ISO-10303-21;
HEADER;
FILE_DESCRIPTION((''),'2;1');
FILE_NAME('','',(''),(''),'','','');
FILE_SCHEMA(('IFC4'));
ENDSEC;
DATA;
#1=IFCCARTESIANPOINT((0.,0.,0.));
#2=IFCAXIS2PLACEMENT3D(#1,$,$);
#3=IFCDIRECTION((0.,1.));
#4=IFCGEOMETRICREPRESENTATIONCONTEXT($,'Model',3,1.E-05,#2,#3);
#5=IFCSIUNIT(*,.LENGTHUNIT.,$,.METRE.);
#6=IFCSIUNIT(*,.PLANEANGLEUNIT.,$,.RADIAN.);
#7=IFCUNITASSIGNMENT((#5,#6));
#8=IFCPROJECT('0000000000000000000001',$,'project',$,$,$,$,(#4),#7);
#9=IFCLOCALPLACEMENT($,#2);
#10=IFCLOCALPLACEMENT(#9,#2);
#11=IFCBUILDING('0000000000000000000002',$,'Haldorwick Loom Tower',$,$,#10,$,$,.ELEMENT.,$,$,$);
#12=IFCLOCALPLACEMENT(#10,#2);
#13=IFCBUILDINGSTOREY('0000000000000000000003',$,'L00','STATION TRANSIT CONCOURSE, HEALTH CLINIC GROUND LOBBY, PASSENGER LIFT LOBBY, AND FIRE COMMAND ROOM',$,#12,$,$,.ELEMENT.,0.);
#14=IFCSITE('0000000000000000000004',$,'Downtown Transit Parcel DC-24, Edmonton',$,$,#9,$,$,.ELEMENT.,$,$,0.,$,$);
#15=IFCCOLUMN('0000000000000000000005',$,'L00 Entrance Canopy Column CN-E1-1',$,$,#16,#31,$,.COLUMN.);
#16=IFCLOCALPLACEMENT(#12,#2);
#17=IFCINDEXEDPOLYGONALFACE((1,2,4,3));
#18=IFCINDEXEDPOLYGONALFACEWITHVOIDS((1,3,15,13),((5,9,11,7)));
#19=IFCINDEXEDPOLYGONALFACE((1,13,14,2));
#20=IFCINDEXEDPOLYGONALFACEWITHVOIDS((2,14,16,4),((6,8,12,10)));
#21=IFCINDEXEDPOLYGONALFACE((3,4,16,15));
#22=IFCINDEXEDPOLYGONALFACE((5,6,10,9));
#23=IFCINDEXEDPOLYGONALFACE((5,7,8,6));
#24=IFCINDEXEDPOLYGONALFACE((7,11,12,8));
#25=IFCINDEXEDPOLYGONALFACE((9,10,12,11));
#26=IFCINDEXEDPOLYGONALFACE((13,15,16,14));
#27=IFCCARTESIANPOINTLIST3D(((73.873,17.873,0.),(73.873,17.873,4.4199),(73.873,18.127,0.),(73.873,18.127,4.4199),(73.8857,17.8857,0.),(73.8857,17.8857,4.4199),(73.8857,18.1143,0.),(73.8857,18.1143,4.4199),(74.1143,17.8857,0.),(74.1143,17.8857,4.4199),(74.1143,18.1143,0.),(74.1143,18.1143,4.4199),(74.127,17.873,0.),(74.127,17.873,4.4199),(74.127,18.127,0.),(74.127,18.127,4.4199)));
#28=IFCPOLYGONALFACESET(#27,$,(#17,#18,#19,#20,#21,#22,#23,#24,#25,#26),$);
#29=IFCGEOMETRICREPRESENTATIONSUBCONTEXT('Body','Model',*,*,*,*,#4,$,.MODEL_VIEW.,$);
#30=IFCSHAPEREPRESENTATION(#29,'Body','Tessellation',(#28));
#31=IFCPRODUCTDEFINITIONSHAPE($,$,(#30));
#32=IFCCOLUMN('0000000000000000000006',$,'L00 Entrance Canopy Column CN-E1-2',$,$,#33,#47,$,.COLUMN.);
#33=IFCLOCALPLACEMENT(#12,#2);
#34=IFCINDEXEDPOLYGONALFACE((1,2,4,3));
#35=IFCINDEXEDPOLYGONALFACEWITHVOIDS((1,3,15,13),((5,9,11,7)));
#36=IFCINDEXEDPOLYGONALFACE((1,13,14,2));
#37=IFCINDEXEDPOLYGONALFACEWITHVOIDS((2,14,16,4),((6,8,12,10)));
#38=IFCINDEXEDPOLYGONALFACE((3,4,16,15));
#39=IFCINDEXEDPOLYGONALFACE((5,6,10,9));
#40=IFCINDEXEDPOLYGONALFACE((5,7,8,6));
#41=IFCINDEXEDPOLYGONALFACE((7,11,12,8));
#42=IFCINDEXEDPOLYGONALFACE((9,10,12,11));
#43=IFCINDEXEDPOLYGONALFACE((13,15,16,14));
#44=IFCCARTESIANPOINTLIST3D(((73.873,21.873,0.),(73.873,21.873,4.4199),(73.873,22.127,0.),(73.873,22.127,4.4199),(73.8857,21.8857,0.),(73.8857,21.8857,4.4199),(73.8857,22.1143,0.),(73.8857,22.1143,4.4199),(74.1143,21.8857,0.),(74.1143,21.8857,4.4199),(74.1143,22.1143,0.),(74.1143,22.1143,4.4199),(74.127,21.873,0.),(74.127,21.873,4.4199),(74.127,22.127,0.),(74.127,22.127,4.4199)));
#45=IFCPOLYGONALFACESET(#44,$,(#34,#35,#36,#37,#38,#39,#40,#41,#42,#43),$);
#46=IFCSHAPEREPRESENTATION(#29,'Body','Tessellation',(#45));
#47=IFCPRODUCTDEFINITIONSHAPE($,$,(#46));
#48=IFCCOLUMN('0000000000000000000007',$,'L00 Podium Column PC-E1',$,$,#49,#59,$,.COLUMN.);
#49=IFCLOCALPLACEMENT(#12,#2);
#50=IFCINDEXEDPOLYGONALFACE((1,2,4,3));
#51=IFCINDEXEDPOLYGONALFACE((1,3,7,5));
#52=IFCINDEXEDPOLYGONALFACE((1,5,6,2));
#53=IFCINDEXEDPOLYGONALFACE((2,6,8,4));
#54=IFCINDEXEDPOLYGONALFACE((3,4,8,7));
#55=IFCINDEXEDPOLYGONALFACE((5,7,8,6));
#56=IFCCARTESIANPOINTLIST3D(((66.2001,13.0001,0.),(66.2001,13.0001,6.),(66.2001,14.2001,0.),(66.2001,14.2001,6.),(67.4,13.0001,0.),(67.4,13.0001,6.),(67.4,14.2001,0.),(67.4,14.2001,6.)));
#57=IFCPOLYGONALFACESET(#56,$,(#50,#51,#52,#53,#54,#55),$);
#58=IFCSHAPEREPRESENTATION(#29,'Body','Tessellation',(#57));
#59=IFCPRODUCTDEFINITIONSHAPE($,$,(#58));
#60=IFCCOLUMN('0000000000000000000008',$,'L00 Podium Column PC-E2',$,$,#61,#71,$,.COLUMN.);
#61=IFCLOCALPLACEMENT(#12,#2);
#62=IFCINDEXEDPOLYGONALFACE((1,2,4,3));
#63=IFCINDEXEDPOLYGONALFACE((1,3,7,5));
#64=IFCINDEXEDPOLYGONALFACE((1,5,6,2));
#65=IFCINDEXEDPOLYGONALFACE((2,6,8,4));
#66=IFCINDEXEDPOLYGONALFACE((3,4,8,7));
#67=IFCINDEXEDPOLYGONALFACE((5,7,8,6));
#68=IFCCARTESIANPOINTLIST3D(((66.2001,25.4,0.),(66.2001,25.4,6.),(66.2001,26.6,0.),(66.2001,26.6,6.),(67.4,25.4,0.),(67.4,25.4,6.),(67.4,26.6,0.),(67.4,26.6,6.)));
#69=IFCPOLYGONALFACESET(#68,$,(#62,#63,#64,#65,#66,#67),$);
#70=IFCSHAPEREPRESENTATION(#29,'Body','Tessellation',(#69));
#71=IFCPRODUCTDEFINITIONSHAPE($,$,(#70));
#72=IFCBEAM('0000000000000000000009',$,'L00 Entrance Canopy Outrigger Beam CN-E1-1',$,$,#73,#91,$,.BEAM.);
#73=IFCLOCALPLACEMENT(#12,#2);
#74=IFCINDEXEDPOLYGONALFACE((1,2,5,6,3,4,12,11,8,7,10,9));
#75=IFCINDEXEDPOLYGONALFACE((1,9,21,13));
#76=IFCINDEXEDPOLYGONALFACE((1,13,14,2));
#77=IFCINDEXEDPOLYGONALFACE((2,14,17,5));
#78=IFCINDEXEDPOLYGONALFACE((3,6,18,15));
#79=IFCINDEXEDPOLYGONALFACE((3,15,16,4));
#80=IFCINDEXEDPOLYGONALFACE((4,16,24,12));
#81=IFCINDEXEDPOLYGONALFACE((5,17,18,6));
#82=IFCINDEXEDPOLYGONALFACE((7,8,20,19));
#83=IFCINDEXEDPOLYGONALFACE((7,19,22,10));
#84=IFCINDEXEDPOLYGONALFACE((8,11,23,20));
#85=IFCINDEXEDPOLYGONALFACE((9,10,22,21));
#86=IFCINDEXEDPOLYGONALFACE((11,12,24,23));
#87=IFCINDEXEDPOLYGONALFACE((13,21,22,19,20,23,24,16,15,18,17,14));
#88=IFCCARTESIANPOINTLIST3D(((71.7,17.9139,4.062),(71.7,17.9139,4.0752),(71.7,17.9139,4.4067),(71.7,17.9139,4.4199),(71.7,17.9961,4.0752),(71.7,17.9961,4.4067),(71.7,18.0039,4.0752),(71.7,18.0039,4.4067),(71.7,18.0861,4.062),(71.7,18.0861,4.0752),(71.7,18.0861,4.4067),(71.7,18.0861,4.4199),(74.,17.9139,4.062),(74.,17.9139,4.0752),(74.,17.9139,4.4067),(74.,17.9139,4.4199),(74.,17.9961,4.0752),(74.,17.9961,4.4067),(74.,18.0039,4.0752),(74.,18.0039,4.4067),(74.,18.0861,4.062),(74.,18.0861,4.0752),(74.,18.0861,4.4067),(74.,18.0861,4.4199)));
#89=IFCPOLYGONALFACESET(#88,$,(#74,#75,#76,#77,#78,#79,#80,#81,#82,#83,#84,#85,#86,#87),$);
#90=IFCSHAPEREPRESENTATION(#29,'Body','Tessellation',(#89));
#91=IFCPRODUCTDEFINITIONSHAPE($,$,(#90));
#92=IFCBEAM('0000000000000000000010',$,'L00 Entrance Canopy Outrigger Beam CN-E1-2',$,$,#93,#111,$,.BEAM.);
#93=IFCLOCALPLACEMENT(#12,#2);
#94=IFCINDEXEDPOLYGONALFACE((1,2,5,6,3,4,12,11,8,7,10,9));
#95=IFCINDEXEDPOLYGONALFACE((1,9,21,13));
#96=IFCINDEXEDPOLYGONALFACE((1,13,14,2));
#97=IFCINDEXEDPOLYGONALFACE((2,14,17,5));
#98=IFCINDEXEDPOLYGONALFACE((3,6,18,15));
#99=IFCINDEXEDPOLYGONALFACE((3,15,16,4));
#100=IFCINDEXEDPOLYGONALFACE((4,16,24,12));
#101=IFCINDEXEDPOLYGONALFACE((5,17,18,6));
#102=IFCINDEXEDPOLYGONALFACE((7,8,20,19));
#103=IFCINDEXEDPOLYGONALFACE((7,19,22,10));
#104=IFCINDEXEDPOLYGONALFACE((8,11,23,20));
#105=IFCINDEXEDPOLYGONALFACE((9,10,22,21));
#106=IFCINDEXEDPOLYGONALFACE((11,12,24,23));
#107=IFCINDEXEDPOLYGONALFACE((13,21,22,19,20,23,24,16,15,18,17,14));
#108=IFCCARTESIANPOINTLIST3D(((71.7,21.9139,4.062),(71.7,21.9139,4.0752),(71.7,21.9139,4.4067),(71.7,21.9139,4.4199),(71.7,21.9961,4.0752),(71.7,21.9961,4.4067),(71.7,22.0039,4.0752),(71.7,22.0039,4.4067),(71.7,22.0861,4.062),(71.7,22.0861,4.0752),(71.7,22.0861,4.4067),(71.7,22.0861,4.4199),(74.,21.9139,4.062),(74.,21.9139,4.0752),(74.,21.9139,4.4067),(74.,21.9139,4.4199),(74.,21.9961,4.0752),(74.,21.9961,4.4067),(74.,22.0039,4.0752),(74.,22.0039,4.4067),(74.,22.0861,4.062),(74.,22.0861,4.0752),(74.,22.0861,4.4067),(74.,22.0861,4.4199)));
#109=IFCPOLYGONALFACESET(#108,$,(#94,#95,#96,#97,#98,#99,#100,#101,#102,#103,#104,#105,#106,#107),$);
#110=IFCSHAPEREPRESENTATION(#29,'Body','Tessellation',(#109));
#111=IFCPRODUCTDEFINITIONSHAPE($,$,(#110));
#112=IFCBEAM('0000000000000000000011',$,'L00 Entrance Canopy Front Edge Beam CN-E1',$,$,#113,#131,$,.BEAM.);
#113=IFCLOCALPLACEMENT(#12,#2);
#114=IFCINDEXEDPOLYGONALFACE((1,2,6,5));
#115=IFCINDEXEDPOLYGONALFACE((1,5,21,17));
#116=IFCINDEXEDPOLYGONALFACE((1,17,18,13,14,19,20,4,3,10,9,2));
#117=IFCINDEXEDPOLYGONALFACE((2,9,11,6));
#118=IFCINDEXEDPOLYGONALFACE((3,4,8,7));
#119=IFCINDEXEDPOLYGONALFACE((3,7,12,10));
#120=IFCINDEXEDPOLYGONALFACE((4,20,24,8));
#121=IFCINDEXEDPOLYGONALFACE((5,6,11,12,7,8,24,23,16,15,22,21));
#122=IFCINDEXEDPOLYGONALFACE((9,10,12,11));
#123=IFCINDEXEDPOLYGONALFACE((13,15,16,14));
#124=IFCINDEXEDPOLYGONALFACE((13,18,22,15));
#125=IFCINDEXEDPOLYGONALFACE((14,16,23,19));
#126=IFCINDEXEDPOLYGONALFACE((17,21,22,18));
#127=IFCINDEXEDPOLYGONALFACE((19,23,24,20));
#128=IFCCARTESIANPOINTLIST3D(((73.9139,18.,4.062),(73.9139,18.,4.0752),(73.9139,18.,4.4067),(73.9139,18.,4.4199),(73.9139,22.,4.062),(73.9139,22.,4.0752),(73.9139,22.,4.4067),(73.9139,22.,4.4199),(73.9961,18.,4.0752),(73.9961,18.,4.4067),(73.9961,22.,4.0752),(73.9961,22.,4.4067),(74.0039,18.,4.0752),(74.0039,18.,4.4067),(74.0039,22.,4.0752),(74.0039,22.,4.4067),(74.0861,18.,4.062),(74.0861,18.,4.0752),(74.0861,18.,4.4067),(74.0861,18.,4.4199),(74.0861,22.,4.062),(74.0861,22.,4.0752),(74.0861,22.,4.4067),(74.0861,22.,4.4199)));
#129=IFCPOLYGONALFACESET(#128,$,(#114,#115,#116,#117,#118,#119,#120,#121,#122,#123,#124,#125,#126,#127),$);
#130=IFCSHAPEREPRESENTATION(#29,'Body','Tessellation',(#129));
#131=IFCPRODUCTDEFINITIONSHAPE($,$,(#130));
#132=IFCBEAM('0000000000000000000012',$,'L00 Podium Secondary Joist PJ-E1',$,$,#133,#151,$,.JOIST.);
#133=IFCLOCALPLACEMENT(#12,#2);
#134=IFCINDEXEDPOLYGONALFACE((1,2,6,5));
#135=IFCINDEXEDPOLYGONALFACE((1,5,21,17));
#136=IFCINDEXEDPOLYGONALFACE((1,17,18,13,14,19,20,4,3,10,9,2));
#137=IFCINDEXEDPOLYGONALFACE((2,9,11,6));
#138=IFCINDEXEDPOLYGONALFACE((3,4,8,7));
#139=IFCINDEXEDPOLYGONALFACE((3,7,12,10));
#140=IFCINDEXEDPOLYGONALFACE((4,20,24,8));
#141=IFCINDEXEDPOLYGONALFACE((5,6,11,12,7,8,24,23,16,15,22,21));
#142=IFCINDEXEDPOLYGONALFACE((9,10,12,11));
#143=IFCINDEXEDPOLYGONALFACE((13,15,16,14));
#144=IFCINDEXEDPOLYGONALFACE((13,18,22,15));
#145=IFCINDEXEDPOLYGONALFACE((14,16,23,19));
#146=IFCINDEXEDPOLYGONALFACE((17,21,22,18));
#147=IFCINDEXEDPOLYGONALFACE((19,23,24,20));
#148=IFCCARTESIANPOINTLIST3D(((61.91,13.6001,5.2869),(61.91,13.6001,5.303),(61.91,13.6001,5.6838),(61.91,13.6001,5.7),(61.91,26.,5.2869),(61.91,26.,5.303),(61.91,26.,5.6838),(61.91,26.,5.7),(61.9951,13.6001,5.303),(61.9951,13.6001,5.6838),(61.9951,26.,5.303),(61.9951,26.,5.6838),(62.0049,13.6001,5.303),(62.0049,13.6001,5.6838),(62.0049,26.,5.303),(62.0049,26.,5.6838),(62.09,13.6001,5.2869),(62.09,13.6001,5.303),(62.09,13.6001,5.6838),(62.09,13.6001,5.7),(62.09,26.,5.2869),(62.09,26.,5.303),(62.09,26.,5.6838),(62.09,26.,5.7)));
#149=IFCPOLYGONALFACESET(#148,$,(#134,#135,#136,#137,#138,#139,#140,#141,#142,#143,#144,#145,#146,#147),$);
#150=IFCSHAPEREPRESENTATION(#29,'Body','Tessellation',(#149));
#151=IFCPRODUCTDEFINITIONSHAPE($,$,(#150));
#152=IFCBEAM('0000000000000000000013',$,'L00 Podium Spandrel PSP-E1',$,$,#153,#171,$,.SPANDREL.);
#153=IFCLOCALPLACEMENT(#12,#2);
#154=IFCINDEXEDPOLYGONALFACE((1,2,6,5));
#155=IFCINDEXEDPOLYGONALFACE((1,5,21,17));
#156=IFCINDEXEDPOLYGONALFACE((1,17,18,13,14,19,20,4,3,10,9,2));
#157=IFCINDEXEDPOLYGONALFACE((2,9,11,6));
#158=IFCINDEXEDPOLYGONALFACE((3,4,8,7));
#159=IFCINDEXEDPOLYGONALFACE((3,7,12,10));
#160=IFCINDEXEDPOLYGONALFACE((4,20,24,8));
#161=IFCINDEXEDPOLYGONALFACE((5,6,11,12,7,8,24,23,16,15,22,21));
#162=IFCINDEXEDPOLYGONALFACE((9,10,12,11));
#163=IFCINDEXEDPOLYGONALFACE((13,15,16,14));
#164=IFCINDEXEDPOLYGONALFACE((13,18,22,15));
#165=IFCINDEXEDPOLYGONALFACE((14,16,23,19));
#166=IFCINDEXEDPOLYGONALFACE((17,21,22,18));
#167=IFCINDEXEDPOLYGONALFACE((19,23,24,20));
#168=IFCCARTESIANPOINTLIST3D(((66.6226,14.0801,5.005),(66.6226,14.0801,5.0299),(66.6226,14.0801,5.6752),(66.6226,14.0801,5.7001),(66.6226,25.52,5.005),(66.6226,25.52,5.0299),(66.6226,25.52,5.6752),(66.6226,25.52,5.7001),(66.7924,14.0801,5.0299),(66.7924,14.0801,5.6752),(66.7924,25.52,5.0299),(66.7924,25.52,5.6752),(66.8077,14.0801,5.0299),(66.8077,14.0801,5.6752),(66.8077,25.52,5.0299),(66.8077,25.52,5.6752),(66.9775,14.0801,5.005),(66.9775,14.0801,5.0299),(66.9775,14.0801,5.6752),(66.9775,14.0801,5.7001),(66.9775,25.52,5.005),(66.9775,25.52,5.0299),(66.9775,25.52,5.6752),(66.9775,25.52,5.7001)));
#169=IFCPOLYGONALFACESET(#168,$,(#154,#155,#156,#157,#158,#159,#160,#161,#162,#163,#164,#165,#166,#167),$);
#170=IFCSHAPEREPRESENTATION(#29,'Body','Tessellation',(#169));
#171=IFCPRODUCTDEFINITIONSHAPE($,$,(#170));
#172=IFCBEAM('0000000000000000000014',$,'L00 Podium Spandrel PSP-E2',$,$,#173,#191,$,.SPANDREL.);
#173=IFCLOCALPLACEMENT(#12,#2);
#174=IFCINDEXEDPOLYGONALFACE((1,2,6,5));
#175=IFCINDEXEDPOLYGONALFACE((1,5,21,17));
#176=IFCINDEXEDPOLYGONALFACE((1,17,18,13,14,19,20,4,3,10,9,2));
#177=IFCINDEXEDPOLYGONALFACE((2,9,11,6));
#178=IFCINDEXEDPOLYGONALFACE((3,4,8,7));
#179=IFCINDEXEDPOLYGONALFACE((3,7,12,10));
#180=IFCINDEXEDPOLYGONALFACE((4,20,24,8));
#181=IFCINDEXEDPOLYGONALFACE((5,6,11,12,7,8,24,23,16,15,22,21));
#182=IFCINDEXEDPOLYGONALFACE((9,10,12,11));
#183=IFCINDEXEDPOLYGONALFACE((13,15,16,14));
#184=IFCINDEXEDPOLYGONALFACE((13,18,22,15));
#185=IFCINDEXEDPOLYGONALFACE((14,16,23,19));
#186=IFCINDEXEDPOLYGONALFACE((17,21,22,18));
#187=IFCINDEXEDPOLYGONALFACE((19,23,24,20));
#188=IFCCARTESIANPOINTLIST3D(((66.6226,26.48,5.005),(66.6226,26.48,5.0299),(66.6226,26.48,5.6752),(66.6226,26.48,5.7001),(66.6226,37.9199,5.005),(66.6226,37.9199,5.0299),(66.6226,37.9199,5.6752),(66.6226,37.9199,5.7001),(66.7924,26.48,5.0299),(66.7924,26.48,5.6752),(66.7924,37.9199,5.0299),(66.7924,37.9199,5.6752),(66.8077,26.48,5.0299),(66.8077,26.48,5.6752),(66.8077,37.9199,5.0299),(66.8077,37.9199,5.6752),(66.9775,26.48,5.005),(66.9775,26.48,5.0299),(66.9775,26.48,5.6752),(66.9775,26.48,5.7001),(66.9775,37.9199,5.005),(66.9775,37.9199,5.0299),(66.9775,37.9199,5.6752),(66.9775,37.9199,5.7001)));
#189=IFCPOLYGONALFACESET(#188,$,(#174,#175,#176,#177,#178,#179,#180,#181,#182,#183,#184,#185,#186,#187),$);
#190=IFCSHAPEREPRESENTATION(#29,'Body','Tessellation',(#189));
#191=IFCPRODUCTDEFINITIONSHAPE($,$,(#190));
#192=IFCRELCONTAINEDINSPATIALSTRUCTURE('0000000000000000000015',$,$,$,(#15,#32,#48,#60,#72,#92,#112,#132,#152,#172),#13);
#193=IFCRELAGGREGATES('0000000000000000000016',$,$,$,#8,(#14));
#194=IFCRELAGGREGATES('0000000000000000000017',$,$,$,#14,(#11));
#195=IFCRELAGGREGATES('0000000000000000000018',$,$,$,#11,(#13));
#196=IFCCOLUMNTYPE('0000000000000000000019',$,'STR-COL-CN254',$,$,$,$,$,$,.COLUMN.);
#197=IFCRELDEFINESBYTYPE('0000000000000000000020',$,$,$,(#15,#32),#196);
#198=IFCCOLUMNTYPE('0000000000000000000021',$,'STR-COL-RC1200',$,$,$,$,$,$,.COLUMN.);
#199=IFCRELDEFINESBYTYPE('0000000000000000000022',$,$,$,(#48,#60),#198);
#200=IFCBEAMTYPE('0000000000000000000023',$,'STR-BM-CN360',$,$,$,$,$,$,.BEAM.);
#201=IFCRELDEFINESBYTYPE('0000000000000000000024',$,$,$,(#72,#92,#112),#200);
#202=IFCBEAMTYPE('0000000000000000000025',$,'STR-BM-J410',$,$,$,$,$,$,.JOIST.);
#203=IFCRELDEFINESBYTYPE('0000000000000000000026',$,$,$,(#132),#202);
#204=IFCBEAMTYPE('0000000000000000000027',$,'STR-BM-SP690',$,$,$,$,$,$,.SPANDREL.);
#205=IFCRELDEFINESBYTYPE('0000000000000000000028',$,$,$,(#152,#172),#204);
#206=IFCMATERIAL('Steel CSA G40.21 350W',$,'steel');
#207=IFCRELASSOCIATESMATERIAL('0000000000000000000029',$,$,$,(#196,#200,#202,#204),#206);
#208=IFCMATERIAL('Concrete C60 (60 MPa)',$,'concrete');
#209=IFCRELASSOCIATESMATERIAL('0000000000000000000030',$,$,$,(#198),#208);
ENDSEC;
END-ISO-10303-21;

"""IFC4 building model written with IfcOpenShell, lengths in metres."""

from ifc_helpers import new_model, si_unit, direction, frame, origin, origin_2d, place, context, subcontext, project, spatial, rectangle, hollow_rectangle, i_section, extrude, material, material_profile, profile_set, type_object, element, save


model = new_model("IFC4")

# Units and contexts
model_context = context("Model", 3, precision=1e-05, world=origin(), true_north=direction((0.0, 1.0)))
body_context = subcontext(model_context, "Body", "Model", "MODEL_VIEW")
ifc_project = project(units=[si_unit("LENGTHUNIT", "METRE"), si_unit("PLANEANGLEUNIT", "RADIAN")], contexts=[model_context])

# Site, building, storey
site_placement = place(None, origin())
site = spatial("IfcSite", under=ifc_project, at=site_placement, Name="Downtown Transit Parcel DC-24, Edmonton", CompositionType="ELEMENT", RefElevation=0.0)
building_placement = place(site_placement, origin())
building = spatial("IfcBuilding", under=site, at=building_placement, Name="Haldorwick Loom Tower", CompositionType="ELEMENT")
storey_placement = place(building_placement, origin())
storey = spatial("IfcBuildingStorey", under=building, at=storey_placement, Name="L00", Description="STATION TRANSIT CONCOURSE, HEALTH CLINIC GROUND LOBBY, PASSENGER LIFT LOBBY, AND FIRE COMMAND ROOM", CompositionType="ELEMENT", Elevation=0.0)

# Columns
ifc_material_1 = material(Name="Steel CSA G40.21 350W", Category="steel")
ifc_material_profile_1 = material_profile(ifc_material_1, hollow_rectangle(XDim=0.2539, YDim=0.2539, WallThickness=0.0127, at=origin_2d()), Name="HSS254X254X13", Category="steel")
ifc_profile_set_1 = profile_set([ifc_material_profile_1], Name="Steel CSA G40.21 350W")
column_type_1 = type_object("IfcColumnType", Name="STR-COL-CN254", PredefinedType="COLUMN", material=ifc_profile_set_1)
for number, where, z_axis, x_axis, name in (
    (1, (74.0, 18.0, 0.0), (0.0, 0.0, 1.0), (1.0, 0.0, 0.0), "L00 Entrance Canopy Column CN-E1-1"),
    (2, (74.0, 22.0, 0.0), (0.0, 0.0, 1.0), (1.0, 0.0, 0.0), "L00 Entrance Canopy Column CN-E1-2"),
):
    element("IfcColumn", number, at=place(storey_placement, frame(where, z_axis=z_axis, x_axis=x_axis)), inside=storey, type_object=column_type_1, Name=name, PredefinedType="COLUMN", context=body_context, shape_type="SweptSolid", body=[
        extrude(hollow_rectangle(XDim=0.2539, YDim=0.2539, WallThickness=0.0127, at=origin_2d()), origin(), (0.0, 0.0, 1.0), 4.4199),
    ])
ifc_material_2 = material(Name="Concrete C60 (60 MPa)", Category="concrete")
ifc_material_profile_2 = material_profile(ifc_material_2, rectangle(XDim=1.2, YDim=1.2, at=origin_2d()), Name="RC1200X1200", Category="concrete")
ifc_profile_set_2 = profile_set([ifc_material_profile_2], Name="Concrete C60 (60 MPa)")
column_type_2 = type_object("IfcColumnType", Name="STR-COL-RC1200", PredefinedType="COLUMN", material=ifc_profile_set_2)
for number, where, z_axis, x_axis, name in (
    (3, (66.8, 13.6001, 0.0), (0.0, 0.0, 1.0), (1.0, 0.0, 0.0), "L00 Podium Column PC-E1"),
    (4, (66.8, 26.0, 0.0), (0.0, 0.0, 1.0), (1.0, 0.0, 0.0), "L00 Podium Column PC-E2"),
):
    element("IfcColumn", number, at=place(storey_placement, frame(where, z_axis=z_axis, x_axis=x_axis)), inside=storey, type_object=column_type_2, Name=name, PredefinedType="COLUMN", context=body_context, shape_type="SweptSolid", body=[
        extrude(rectangle(XDim=1.2, YDim=1.2, at=origin_2d()), origin(), (0.0, 0.0, 1.0), 6.0),
    ])

# Beams
ifc_material_profile_3 = material_profile(ifc_material_1, i_section(OverallWidth=0.1721, OverallDepth=0.3579, WebThickness=0.0078, FlangeThickness=0.0132, at=origin_2d()), Name="W360X57", Category="steel")
ifc_profile_set_3 = profile_set([ifc_material_profile_3], Name="Steel CSA G40.21 350W")
beam_type_1 = type_object("IfcBeamType", Name="STR-BM-CN360", PredefinedType="BEAM", material=ifc_profile_set_3)
for number, where, z_axis, x_axis, name in (
    (5, (71.7, 18.0, 4.241), (1.0, 0.0, 0.0), (0.0, 1.0, 0.0), "L00 Entrance Canopy Outrigger Beam CN-E1-1"),
    (6, (71.7, 22.0, 4.241), (1.0, 0.0, 0.0), (0.0, 1.0, 0.0), "L00 Entrance Canopy Outrigger Beam CN-E1-2"),
):
    element("IfcBeam", number, at=place(storey_placement, frame(where, z_axis=z_axis, x_axis=x_axis)), inside=storey, type_object=beam_type_1, Name=name, PredefinedType="BEAM", context=body_context, shape_type="SweptSolid", body=[
        extrude(i_section(OverallWidth=0.1721, OverallDepth=0.3579, WebThickness=0.0078, FlangeThickness=0.0132, at=origin_2d()), origin(), (0.0, 0.0, 1.0), 2.3),
    ])
beam_1_placement = place(storey_placement, frame((74.0, 18.0, 4.241), z_axis=(0.0, 1.0, 0.0), x_axis=(-1.0, 0.0, 0.0)))
element("IfcBeam", 7, at=beam_1_placement, inside=storey, type_object=beam_type_1, Name="L00 Entrance Canopy Front Edge Beam CN-E1", PredefinedType="BEAM", context=body_context, shape_type="SweptSolid", body=[
    extrude(i_section(OverallWidth=0.1721, OverallDepth=0.3579, WebThickness=0.0078, FlangeThickness=0.0132, at=origin_2d()), origin(), (0.0, 0.0, 1.0), 4.0),
])
ifc_material_profile_4 = material_profile(ifc_material_1, i_section(OverallWidth=0.1799, OverallDepth=0.4131, WebThickness=0.0098, FlangeThickness=0.0161, at=origin_2d()), Name="W410X74", Category="steel")
ifc_profile_set_4 = profile_set([ifc_material_profile_4], Name="Steel CSA G40.21 350W")
beam_type_2 = type_object("IfcBeamType", Name="STR-BM-J410", PredefinedType="JOIST", material=ifc_profile_set_4)
beam_2_placement = place(storey_placement, frame((62.0, 13.6001, 5.4934), z_axis=(0.0, 1.0, 0.0), x_axis=(-1.0, 0.0, 0.0)))
element("IfcBeam", 8, at=beam_2_placement, inside=storey, type_object=beam_type_2, Name="L00 Podium Secondary Joist PJ-E1", PredefinedType="JOIST", context=body_context, shape_type="SweptSolid", body=[
    extrude(i_section(OverallWidth=0.1799, OverallDepth=0.4131, WebThickness=0.0098, FlangeThickness=0.0161, at=origin_2d()), origin(), (0.0, 0.0, 1.0), 12.3999),
])
ifc_material_profile_5 = material_profile(ifc_material_1, i_section(OverallWidth=0.355, OverallDepth=0.6951, WebThickness=0.0154, FlangeThickness=0.0249, at=origin_2d()), Name="W690X217", Category="steel")
ifc_profile_set_5 = profile_set([ifc_material_profile_5], Name="Steel CSA G40.21 350W")
beam_type_3 = type_object("IfcBeamType", Name="STR-BM-SP690", PredefinedType="SPANDREL", material=ifc_profile_set_5)
for number, where, z_axis, x_axis, name in (
    (9, (66.8, 14.0801, 5.3525), (0.0, 1.0, 0.0), (-1.0, 0.0, 0.0), "L00 Podium Spandrel PSP-E1"),
    (10, (66.8, 26.48, 5.3525), (0.0, 1.0, 0.0), (-1.0, 0.0, 0.0), "L00 Podium Spandrel PSP-E2"),
):
    element("IfcBeam", number, at=place(storey_placement, frame(where, z_axis=z_axis, x_axis=x_axis)), inside=storey, type_object=beam_type_3, Name=name, PredefinedType="SPANDREL", context=body_context, shape_type="SweptSolid", body=[
        extrude(i_section(OverallWidth=0.355, OverallDepth=0.6951, WebThickness=0.0154, FlangeThickness=0.0249, at=origin_2d()), origin(), (0.0, 0.0, 1.0), 11.4399),
    ])

save(model, "model.ifc")
